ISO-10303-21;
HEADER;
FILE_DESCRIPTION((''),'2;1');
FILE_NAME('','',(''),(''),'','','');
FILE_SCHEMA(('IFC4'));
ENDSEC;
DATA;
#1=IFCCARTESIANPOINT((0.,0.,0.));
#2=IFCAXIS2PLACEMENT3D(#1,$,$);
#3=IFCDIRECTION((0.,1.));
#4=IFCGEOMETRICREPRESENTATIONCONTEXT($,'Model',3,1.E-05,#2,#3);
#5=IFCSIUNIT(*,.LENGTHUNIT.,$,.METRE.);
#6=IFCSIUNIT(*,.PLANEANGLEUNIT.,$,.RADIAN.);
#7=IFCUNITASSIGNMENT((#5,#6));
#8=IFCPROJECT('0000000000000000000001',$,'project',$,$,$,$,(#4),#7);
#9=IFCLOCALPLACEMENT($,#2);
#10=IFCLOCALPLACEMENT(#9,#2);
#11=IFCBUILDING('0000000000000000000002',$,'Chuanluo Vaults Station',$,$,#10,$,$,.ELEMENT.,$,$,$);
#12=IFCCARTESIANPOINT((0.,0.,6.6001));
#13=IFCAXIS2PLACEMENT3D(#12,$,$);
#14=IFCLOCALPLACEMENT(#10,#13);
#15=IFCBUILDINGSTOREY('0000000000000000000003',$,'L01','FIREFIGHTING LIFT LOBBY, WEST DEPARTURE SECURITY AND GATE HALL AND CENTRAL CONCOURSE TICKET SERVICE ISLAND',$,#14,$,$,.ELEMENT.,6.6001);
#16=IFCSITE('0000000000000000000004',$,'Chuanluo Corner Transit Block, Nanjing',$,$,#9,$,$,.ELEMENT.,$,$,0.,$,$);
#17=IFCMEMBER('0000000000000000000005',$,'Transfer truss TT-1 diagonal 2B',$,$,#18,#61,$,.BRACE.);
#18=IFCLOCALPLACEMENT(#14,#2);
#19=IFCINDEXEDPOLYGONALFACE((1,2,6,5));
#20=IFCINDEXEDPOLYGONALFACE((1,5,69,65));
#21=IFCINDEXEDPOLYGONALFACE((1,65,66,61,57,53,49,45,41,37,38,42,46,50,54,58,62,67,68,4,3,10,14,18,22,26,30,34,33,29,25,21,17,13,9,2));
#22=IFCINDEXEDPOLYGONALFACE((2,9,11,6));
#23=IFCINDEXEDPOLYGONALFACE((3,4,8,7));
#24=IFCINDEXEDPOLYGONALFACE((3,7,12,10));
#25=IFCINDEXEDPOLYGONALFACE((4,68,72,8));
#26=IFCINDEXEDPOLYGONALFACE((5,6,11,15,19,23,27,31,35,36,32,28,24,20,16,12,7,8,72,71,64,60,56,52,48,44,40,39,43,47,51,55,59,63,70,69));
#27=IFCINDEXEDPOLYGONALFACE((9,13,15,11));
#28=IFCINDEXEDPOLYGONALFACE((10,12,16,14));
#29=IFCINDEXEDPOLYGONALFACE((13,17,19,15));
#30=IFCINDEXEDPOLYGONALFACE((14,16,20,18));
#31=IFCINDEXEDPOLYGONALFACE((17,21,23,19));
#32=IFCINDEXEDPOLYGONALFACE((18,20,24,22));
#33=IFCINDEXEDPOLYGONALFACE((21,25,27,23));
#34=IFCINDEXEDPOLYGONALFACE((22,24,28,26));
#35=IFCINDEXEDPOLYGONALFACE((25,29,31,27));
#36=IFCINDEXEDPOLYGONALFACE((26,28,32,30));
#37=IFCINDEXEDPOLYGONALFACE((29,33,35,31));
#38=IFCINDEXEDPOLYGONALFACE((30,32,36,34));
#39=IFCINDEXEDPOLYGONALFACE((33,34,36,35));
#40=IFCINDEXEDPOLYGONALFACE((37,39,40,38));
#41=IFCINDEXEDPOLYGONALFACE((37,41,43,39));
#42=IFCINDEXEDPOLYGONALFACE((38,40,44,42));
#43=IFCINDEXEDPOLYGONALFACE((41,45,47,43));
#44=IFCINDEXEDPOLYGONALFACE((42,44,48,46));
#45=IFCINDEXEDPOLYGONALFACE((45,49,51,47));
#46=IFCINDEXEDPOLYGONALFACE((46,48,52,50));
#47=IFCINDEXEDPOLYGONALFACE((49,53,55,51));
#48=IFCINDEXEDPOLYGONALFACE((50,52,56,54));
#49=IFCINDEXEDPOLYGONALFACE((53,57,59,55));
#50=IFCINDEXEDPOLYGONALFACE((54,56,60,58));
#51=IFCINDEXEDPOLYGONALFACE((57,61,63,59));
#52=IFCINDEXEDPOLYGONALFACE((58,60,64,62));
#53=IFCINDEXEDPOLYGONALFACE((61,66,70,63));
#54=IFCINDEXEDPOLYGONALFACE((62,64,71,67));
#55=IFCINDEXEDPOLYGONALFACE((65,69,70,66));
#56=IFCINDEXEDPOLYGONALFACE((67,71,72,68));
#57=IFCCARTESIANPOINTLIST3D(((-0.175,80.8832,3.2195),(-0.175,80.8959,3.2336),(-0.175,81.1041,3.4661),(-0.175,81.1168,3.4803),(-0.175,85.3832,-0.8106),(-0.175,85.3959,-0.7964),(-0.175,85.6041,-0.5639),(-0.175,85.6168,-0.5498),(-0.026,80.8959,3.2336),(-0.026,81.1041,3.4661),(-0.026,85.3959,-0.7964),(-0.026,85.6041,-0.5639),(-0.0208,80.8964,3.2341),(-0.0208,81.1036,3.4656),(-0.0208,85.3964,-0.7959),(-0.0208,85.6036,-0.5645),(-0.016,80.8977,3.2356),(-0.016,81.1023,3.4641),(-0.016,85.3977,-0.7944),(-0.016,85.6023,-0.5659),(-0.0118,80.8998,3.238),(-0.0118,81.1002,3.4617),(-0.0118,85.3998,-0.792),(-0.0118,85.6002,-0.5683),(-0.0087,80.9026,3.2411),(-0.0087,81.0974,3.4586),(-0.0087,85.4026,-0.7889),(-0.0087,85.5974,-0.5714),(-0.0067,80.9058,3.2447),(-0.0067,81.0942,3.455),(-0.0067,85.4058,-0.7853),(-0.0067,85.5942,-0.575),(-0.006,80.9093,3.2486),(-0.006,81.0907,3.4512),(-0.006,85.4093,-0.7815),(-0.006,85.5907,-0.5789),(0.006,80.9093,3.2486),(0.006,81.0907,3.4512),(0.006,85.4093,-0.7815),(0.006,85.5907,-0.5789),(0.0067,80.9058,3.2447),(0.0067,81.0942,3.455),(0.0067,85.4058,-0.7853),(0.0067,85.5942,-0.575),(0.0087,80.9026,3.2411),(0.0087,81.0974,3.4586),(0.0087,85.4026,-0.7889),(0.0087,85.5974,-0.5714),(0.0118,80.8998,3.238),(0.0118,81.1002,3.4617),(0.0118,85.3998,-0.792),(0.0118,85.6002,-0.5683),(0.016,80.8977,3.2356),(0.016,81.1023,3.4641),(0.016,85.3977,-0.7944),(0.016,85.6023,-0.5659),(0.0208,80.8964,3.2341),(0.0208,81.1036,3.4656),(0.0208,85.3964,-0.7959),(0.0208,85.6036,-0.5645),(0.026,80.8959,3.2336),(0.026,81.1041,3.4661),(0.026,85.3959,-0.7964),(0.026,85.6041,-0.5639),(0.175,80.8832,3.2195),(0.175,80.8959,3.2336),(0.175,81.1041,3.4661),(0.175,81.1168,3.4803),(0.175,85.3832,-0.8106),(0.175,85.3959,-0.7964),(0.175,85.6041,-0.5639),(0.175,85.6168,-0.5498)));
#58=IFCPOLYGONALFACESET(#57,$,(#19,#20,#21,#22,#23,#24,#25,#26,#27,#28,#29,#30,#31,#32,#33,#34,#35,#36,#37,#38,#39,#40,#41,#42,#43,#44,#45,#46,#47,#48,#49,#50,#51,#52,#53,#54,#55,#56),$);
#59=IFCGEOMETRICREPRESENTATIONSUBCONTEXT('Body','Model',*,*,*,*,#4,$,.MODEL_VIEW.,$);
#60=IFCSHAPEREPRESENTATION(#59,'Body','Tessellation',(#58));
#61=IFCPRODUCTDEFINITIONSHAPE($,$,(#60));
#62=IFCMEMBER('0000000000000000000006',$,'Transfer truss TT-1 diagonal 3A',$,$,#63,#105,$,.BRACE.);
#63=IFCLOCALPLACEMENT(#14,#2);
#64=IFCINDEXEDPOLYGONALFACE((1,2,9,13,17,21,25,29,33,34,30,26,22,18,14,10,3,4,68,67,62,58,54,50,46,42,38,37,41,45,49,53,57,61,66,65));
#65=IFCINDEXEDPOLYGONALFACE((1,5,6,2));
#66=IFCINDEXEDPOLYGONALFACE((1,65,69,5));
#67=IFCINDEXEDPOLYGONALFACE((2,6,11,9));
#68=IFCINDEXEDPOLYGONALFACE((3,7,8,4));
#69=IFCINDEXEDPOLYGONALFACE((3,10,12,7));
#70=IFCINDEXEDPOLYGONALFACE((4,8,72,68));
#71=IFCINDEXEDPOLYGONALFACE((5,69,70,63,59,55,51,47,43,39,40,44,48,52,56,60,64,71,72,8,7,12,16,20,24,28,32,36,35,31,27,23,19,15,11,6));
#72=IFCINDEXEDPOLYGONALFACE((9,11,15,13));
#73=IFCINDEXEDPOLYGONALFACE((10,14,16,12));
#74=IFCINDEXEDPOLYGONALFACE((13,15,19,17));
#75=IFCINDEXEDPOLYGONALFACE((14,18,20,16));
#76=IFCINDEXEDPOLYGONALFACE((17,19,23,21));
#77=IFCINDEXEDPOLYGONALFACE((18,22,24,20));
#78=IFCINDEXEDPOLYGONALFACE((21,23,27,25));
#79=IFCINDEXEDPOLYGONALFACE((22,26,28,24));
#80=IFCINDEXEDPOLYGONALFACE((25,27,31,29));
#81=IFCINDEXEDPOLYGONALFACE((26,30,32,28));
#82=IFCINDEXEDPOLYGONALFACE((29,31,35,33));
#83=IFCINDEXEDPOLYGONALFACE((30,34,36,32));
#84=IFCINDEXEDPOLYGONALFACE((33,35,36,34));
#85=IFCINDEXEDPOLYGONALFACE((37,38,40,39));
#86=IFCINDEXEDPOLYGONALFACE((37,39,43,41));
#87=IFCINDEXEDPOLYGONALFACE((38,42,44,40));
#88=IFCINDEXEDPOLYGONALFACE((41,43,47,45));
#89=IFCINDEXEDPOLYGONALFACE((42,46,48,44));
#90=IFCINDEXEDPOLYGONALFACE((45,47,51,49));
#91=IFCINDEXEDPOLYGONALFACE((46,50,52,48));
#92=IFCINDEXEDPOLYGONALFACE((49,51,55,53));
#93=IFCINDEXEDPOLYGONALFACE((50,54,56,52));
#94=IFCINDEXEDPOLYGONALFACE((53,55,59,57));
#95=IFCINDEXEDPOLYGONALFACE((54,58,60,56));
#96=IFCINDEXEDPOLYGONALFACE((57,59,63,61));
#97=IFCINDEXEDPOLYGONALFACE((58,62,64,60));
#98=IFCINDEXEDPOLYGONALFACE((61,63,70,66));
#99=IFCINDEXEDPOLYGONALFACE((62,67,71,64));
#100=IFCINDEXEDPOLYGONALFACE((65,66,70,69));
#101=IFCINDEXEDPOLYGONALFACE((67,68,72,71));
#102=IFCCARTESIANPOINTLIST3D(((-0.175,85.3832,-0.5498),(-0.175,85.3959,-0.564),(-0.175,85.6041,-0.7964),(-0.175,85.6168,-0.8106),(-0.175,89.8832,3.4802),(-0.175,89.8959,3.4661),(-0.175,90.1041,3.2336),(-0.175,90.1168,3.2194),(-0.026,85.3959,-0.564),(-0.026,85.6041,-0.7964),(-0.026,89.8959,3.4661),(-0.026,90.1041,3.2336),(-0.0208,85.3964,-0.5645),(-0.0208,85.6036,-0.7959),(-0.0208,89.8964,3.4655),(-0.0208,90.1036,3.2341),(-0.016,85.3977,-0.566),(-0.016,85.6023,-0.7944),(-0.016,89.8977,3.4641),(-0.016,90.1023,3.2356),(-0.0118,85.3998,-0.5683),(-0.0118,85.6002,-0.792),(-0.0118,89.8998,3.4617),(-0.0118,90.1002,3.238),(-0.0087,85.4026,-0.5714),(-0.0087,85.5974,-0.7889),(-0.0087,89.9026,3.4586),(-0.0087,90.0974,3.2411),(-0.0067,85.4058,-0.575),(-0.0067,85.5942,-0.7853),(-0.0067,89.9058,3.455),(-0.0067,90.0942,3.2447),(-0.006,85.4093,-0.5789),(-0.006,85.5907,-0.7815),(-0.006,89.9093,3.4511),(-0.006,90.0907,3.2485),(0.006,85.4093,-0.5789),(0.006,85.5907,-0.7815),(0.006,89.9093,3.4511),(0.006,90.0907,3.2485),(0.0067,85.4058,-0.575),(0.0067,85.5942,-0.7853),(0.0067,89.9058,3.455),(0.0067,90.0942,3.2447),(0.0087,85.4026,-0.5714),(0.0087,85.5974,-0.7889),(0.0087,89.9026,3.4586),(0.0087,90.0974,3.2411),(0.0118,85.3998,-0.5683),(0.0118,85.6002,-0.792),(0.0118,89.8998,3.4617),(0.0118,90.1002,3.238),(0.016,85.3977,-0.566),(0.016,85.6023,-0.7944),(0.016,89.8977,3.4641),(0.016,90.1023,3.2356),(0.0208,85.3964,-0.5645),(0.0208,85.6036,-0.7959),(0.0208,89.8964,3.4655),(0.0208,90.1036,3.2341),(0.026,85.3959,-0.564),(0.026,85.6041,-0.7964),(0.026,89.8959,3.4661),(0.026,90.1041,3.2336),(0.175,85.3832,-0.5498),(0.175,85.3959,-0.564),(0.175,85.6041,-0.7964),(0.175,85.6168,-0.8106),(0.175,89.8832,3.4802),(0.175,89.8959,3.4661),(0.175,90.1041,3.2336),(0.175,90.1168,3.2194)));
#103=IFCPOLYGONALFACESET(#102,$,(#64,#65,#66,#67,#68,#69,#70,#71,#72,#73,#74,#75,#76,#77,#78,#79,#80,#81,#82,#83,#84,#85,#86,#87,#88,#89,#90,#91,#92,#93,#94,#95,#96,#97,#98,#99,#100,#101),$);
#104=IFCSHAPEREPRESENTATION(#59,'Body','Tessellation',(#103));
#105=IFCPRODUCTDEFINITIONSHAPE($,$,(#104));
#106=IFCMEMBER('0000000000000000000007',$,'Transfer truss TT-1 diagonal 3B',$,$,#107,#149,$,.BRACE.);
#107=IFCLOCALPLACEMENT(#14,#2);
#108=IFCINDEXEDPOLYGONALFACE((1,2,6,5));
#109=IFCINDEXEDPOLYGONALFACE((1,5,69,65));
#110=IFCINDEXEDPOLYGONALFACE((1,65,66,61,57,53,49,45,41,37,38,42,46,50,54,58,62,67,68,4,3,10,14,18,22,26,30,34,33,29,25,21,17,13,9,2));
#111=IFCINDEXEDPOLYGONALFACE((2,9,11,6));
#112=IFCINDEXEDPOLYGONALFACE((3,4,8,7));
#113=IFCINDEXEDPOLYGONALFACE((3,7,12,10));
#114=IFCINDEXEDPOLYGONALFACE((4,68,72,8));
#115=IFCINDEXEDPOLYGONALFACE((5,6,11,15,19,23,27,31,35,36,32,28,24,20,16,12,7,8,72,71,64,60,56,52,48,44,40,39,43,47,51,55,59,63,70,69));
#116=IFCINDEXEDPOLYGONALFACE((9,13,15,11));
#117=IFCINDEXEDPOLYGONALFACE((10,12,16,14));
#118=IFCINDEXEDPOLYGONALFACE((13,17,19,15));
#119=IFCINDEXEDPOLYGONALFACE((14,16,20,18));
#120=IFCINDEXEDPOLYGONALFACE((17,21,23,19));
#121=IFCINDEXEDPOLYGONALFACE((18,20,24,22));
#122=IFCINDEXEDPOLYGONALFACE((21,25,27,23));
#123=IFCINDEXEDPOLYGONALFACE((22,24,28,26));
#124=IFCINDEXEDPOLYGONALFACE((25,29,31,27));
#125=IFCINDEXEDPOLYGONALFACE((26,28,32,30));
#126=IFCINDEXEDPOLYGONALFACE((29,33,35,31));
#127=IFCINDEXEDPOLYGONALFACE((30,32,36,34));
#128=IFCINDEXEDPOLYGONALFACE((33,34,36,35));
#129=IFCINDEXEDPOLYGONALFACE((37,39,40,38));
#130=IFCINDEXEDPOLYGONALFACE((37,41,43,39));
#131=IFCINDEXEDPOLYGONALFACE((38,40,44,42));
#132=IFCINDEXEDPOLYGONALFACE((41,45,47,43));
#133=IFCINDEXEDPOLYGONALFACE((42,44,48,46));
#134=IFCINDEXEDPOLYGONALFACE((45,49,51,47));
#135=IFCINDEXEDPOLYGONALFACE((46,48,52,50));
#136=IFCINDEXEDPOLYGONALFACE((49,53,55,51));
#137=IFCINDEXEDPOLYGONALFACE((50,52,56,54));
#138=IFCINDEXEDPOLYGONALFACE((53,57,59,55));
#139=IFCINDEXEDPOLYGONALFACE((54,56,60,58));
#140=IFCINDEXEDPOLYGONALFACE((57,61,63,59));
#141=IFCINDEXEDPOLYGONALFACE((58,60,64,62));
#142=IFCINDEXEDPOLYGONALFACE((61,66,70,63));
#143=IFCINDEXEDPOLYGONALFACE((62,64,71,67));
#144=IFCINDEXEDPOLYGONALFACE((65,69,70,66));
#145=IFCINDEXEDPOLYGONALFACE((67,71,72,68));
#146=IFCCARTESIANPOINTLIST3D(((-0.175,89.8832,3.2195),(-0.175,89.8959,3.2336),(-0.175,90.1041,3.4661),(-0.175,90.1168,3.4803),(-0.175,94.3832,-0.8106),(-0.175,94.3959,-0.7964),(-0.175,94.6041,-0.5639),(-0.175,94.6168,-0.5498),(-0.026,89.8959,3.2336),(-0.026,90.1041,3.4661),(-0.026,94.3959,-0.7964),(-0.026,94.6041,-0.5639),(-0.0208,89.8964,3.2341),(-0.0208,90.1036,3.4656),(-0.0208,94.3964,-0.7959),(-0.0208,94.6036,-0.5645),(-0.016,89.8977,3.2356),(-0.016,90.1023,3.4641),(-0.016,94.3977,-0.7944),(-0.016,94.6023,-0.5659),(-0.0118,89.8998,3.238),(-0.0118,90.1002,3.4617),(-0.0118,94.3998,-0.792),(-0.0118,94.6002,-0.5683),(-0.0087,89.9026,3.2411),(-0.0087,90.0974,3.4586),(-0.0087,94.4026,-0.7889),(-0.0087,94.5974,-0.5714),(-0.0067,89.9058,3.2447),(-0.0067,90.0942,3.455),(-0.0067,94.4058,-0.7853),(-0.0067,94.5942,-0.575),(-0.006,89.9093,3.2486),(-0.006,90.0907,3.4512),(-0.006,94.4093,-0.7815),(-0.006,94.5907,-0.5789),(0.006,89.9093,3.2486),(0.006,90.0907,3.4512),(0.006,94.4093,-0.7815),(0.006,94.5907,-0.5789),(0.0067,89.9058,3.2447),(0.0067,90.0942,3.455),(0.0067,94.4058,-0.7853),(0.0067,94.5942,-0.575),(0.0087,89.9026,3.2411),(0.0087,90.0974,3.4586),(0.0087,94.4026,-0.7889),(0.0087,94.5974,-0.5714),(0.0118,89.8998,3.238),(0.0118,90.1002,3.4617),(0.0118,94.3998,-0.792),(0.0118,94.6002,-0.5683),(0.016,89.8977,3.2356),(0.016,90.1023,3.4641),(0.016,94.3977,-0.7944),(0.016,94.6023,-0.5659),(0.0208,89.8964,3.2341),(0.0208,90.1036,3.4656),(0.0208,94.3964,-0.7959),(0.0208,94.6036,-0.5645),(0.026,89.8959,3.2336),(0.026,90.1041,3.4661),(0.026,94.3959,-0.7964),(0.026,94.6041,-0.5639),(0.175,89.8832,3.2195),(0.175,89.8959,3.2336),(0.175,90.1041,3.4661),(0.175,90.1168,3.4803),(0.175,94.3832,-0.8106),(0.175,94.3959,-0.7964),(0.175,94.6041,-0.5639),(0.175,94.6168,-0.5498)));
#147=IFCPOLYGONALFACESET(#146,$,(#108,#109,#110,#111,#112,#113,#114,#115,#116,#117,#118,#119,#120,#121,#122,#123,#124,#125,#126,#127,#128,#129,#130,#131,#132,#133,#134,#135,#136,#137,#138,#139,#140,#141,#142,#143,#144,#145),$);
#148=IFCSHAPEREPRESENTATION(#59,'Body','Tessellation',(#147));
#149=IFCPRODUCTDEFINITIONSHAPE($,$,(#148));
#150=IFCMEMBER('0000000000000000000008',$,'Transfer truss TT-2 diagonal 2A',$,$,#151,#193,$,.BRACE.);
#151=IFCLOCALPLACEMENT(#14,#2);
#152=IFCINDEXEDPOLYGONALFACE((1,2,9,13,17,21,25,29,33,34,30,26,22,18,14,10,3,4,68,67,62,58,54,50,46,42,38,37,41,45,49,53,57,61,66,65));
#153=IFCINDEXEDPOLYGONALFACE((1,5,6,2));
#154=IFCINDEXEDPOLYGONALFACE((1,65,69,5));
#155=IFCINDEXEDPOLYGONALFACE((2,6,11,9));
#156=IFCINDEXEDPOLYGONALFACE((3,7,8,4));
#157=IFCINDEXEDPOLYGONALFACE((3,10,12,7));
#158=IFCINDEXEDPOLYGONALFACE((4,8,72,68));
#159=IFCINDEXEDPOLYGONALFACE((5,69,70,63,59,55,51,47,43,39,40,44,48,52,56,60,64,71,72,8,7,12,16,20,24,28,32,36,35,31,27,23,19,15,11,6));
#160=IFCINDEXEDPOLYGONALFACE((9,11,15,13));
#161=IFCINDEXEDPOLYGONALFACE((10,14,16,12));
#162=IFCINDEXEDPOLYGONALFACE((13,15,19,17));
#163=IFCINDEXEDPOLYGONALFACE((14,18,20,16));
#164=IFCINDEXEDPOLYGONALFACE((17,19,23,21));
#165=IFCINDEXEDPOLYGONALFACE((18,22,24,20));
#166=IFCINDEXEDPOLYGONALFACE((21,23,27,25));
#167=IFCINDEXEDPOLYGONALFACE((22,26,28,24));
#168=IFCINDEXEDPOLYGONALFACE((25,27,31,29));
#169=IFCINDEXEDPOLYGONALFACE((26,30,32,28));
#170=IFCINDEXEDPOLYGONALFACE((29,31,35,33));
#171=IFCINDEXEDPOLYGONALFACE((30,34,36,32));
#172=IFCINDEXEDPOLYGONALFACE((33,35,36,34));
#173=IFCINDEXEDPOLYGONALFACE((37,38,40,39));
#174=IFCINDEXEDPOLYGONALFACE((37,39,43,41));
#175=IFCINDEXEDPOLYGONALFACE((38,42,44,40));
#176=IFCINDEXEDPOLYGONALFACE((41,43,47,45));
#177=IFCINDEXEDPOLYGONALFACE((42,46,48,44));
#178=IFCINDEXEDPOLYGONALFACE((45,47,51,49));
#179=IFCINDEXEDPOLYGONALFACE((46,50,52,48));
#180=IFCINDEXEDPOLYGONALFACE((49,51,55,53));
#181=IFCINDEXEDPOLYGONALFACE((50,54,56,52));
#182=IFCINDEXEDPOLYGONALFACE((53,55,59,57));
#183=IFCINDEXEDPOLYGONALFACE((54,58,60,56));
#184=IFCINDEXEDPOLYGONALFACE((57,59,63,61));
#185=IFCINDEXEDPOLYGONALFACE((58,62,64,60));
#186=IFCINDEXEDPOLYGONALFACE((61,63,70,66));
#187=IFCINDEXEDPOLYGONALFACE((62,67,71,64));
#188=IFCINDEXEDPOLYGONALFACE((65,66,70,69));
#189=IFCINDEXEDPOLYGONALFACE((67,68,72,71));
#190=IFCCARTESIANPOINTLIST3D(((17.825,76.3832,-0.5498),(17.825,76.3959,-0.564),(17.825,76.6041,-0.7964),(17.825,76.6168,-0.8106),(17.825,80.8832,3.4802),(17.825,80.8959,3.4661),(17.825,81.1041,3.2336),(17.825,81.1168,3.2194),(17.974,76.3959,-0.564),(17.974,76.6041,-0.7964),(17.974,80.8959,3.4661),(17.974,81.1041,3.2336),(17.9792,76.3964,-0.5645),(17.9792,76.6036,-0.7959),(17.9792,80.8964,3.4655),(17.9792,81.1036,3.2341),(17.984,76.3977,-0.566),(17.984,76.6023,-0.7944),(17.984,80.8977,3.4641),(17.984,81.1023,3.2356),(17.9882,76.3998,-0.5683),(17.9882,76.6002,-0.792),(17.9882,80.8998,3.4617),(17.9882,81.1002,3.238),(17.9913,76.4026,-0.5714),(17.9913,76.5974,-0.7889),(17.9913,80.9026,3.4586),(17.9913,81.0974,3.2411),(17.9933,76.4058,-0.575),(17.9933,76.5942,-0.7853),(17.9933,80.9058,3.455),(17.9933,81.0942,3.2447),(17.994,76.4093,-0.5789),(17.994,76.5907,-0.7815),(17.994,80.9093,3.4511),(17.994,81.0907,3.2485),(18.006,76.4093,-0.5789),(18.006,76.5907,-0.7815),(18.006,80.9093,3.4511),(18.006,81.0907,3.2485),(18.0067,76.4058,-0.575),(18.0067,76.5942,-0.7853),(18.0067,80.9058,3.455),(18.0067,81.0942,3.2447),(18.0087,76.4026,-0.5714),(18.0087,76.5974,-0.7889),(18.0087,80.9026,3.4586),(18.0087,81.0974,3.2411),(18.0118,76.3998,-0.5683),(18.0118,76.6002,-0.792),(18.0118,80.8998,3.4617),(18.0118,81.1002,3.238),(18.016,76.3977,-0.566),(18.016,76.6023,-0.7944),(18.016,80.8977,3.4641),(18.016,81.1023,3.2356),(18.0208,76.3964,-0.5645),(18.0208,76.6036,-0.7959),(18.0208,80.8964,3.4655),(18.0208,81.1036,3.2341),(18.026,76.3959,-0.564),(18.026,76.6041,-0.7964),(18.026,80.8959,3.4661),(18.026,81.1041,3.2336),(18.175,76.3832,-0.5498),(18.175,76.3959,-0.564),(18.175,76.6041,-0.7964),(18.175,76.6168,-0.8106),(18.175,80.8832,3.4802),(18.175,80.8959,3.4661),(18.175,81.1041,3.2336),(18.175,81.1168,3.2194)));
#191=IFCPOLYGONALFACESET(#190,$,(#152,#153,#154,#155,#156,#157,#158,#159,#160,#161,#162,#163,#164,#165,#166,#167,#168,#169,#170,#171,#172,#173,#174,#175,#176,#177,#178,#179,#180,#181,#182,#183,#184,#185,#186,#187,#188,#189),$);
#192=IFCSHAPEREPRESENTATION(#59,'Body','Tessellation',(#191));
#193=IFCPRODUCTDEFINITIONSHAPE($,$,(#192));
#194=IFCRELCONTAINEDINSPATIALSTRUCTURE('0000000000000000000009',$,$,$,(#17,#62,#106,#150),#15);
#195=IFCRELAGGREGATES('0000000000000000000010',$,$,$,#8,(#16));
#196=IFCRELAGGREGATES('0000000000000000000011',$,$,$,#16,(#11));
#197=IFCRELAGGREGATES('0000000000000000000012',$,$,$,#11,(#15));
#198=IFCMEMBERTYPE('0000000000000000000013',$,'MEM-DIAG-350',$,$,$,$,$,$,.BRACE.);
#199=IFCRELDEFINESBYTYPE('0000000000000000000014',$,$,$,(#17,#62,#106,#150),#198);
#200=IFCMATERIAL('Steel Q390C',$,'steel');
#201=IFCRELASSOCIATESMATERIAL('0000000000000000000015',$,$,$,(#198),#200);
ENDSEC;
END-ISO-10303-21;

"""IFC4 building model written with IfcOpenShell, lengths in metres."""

from ifc_helpers import new_model, si_unit, direction, frame, origin, origin_2d, place, context, subcontext, project, spatial, i_section, extrude, material, material_profile, profile_set, type_object, element, save


model = new_model("IFC4")

# Units and contexts
model_context = context("Model", 3, precision=1e-05, world=origin(), true_north=direction((0.0, 1.0)))
body_context = subcontext(model_context, "Body", "Model", "MODEL_VIEW")
ifc_project = project(units=[si_unit("LENGTHUNIT", "METRE"), si_unit("PLANEANGLEUNIT", "RADIAN")], contexts=[model_context])

# Site, building, storey
site_placement = place(None, origin())
site = spatial("IfcSite", under=ifc_project, at=site_placement, Name="Chuanluo Corner Transit Block, Nanjing", CompositionType="ELEMENT", RefElevation=0.0)
building_placement = place(site_placement, origin())
building = spatial("IfcBuilding", under=site, at=building_placement, Name="Chuanluo Vaults Station", CompositionType="ELEMENT")
storey_placement = place(building_placement, frame((0.0, 0.0, 6.6001)))
storey = spatial("IfcBuildingStorey", under=building, at=storey_placement, Name="L01", Description="FIREFIGHTING LIFT LOBBY, WEST DEPARTURE SECURITY AND GATE HALL AND CENTRAL CONCOURSE TICKET SERVICE ISLAND", CompositionType="ELEMENT", Elevation=6.6001)

# Members
ifc_material_1 = material(Name="Steel Q390C", Category="steel")
ifc_material_profile_1 = material_profile(ifc_material_1, i_section(OverallWidth=0.3501, OverallDepth=0.3501, WebThickness=0.012, FlangeThickness=0.019, FilletRadius=0.02, at=origin_2d()))
ifc_profile_set_1 = profile_set([ifc_material_profile_1], Name="Steel Q390C")
member_type_1 = type_object("IfcMemberType", Name="MEM-DIAG-350", PredefinedType="BRACE", material=ifc_profile_set_1)
for number, where, z_axis, x_axis, name in (
    (1, (0.0, 81.0, 3.3499), (0.0, 0.744936, -0.667136), (-1.0, 0.0, 0.0), "Transfer truss TT-1 diagonal 2B"),
    (2, (0.0, 85.5, -0.6802), (0.0, 0.744936, 0.667136), (-1.0, 0.0, 0.0), "Transfer truss TT-1 diagonal 3A"),
    (3, (0.0, 90.0, 3.3499), (0.0, 0.744936, -0.667136), (-1.0, 0.0, 0.0), "Transfer truss TT-1 diagonal 3B"),
    (4, (18.0, 76.5, -0.6802), (0.0, 0.744936, 0.667136), (-1.0, 0.0, 0.0), "Transfer truss TT-2 diagonal 2A"),
):
    element("IfcMember", number, at=place(storey_placement, frame(where, z_axis=z_axis, x_axis=x_axis)), inside=storey, type_object=member_type_1, Name=name, PredefinedType="BRACE", context=body_context, shape_type="SweptSolid", body=[
        extrude(i_section(OverallWidth=0.3501, OverallDepth=0.3501, WebThickness=0.012, FlangeThickness=0.019, FilletRadius=0.02, at=origin_2d()), origin(), (0.0, 0.0, 1.0), 6.0408),
    ])

save(model, "model.ifc")
